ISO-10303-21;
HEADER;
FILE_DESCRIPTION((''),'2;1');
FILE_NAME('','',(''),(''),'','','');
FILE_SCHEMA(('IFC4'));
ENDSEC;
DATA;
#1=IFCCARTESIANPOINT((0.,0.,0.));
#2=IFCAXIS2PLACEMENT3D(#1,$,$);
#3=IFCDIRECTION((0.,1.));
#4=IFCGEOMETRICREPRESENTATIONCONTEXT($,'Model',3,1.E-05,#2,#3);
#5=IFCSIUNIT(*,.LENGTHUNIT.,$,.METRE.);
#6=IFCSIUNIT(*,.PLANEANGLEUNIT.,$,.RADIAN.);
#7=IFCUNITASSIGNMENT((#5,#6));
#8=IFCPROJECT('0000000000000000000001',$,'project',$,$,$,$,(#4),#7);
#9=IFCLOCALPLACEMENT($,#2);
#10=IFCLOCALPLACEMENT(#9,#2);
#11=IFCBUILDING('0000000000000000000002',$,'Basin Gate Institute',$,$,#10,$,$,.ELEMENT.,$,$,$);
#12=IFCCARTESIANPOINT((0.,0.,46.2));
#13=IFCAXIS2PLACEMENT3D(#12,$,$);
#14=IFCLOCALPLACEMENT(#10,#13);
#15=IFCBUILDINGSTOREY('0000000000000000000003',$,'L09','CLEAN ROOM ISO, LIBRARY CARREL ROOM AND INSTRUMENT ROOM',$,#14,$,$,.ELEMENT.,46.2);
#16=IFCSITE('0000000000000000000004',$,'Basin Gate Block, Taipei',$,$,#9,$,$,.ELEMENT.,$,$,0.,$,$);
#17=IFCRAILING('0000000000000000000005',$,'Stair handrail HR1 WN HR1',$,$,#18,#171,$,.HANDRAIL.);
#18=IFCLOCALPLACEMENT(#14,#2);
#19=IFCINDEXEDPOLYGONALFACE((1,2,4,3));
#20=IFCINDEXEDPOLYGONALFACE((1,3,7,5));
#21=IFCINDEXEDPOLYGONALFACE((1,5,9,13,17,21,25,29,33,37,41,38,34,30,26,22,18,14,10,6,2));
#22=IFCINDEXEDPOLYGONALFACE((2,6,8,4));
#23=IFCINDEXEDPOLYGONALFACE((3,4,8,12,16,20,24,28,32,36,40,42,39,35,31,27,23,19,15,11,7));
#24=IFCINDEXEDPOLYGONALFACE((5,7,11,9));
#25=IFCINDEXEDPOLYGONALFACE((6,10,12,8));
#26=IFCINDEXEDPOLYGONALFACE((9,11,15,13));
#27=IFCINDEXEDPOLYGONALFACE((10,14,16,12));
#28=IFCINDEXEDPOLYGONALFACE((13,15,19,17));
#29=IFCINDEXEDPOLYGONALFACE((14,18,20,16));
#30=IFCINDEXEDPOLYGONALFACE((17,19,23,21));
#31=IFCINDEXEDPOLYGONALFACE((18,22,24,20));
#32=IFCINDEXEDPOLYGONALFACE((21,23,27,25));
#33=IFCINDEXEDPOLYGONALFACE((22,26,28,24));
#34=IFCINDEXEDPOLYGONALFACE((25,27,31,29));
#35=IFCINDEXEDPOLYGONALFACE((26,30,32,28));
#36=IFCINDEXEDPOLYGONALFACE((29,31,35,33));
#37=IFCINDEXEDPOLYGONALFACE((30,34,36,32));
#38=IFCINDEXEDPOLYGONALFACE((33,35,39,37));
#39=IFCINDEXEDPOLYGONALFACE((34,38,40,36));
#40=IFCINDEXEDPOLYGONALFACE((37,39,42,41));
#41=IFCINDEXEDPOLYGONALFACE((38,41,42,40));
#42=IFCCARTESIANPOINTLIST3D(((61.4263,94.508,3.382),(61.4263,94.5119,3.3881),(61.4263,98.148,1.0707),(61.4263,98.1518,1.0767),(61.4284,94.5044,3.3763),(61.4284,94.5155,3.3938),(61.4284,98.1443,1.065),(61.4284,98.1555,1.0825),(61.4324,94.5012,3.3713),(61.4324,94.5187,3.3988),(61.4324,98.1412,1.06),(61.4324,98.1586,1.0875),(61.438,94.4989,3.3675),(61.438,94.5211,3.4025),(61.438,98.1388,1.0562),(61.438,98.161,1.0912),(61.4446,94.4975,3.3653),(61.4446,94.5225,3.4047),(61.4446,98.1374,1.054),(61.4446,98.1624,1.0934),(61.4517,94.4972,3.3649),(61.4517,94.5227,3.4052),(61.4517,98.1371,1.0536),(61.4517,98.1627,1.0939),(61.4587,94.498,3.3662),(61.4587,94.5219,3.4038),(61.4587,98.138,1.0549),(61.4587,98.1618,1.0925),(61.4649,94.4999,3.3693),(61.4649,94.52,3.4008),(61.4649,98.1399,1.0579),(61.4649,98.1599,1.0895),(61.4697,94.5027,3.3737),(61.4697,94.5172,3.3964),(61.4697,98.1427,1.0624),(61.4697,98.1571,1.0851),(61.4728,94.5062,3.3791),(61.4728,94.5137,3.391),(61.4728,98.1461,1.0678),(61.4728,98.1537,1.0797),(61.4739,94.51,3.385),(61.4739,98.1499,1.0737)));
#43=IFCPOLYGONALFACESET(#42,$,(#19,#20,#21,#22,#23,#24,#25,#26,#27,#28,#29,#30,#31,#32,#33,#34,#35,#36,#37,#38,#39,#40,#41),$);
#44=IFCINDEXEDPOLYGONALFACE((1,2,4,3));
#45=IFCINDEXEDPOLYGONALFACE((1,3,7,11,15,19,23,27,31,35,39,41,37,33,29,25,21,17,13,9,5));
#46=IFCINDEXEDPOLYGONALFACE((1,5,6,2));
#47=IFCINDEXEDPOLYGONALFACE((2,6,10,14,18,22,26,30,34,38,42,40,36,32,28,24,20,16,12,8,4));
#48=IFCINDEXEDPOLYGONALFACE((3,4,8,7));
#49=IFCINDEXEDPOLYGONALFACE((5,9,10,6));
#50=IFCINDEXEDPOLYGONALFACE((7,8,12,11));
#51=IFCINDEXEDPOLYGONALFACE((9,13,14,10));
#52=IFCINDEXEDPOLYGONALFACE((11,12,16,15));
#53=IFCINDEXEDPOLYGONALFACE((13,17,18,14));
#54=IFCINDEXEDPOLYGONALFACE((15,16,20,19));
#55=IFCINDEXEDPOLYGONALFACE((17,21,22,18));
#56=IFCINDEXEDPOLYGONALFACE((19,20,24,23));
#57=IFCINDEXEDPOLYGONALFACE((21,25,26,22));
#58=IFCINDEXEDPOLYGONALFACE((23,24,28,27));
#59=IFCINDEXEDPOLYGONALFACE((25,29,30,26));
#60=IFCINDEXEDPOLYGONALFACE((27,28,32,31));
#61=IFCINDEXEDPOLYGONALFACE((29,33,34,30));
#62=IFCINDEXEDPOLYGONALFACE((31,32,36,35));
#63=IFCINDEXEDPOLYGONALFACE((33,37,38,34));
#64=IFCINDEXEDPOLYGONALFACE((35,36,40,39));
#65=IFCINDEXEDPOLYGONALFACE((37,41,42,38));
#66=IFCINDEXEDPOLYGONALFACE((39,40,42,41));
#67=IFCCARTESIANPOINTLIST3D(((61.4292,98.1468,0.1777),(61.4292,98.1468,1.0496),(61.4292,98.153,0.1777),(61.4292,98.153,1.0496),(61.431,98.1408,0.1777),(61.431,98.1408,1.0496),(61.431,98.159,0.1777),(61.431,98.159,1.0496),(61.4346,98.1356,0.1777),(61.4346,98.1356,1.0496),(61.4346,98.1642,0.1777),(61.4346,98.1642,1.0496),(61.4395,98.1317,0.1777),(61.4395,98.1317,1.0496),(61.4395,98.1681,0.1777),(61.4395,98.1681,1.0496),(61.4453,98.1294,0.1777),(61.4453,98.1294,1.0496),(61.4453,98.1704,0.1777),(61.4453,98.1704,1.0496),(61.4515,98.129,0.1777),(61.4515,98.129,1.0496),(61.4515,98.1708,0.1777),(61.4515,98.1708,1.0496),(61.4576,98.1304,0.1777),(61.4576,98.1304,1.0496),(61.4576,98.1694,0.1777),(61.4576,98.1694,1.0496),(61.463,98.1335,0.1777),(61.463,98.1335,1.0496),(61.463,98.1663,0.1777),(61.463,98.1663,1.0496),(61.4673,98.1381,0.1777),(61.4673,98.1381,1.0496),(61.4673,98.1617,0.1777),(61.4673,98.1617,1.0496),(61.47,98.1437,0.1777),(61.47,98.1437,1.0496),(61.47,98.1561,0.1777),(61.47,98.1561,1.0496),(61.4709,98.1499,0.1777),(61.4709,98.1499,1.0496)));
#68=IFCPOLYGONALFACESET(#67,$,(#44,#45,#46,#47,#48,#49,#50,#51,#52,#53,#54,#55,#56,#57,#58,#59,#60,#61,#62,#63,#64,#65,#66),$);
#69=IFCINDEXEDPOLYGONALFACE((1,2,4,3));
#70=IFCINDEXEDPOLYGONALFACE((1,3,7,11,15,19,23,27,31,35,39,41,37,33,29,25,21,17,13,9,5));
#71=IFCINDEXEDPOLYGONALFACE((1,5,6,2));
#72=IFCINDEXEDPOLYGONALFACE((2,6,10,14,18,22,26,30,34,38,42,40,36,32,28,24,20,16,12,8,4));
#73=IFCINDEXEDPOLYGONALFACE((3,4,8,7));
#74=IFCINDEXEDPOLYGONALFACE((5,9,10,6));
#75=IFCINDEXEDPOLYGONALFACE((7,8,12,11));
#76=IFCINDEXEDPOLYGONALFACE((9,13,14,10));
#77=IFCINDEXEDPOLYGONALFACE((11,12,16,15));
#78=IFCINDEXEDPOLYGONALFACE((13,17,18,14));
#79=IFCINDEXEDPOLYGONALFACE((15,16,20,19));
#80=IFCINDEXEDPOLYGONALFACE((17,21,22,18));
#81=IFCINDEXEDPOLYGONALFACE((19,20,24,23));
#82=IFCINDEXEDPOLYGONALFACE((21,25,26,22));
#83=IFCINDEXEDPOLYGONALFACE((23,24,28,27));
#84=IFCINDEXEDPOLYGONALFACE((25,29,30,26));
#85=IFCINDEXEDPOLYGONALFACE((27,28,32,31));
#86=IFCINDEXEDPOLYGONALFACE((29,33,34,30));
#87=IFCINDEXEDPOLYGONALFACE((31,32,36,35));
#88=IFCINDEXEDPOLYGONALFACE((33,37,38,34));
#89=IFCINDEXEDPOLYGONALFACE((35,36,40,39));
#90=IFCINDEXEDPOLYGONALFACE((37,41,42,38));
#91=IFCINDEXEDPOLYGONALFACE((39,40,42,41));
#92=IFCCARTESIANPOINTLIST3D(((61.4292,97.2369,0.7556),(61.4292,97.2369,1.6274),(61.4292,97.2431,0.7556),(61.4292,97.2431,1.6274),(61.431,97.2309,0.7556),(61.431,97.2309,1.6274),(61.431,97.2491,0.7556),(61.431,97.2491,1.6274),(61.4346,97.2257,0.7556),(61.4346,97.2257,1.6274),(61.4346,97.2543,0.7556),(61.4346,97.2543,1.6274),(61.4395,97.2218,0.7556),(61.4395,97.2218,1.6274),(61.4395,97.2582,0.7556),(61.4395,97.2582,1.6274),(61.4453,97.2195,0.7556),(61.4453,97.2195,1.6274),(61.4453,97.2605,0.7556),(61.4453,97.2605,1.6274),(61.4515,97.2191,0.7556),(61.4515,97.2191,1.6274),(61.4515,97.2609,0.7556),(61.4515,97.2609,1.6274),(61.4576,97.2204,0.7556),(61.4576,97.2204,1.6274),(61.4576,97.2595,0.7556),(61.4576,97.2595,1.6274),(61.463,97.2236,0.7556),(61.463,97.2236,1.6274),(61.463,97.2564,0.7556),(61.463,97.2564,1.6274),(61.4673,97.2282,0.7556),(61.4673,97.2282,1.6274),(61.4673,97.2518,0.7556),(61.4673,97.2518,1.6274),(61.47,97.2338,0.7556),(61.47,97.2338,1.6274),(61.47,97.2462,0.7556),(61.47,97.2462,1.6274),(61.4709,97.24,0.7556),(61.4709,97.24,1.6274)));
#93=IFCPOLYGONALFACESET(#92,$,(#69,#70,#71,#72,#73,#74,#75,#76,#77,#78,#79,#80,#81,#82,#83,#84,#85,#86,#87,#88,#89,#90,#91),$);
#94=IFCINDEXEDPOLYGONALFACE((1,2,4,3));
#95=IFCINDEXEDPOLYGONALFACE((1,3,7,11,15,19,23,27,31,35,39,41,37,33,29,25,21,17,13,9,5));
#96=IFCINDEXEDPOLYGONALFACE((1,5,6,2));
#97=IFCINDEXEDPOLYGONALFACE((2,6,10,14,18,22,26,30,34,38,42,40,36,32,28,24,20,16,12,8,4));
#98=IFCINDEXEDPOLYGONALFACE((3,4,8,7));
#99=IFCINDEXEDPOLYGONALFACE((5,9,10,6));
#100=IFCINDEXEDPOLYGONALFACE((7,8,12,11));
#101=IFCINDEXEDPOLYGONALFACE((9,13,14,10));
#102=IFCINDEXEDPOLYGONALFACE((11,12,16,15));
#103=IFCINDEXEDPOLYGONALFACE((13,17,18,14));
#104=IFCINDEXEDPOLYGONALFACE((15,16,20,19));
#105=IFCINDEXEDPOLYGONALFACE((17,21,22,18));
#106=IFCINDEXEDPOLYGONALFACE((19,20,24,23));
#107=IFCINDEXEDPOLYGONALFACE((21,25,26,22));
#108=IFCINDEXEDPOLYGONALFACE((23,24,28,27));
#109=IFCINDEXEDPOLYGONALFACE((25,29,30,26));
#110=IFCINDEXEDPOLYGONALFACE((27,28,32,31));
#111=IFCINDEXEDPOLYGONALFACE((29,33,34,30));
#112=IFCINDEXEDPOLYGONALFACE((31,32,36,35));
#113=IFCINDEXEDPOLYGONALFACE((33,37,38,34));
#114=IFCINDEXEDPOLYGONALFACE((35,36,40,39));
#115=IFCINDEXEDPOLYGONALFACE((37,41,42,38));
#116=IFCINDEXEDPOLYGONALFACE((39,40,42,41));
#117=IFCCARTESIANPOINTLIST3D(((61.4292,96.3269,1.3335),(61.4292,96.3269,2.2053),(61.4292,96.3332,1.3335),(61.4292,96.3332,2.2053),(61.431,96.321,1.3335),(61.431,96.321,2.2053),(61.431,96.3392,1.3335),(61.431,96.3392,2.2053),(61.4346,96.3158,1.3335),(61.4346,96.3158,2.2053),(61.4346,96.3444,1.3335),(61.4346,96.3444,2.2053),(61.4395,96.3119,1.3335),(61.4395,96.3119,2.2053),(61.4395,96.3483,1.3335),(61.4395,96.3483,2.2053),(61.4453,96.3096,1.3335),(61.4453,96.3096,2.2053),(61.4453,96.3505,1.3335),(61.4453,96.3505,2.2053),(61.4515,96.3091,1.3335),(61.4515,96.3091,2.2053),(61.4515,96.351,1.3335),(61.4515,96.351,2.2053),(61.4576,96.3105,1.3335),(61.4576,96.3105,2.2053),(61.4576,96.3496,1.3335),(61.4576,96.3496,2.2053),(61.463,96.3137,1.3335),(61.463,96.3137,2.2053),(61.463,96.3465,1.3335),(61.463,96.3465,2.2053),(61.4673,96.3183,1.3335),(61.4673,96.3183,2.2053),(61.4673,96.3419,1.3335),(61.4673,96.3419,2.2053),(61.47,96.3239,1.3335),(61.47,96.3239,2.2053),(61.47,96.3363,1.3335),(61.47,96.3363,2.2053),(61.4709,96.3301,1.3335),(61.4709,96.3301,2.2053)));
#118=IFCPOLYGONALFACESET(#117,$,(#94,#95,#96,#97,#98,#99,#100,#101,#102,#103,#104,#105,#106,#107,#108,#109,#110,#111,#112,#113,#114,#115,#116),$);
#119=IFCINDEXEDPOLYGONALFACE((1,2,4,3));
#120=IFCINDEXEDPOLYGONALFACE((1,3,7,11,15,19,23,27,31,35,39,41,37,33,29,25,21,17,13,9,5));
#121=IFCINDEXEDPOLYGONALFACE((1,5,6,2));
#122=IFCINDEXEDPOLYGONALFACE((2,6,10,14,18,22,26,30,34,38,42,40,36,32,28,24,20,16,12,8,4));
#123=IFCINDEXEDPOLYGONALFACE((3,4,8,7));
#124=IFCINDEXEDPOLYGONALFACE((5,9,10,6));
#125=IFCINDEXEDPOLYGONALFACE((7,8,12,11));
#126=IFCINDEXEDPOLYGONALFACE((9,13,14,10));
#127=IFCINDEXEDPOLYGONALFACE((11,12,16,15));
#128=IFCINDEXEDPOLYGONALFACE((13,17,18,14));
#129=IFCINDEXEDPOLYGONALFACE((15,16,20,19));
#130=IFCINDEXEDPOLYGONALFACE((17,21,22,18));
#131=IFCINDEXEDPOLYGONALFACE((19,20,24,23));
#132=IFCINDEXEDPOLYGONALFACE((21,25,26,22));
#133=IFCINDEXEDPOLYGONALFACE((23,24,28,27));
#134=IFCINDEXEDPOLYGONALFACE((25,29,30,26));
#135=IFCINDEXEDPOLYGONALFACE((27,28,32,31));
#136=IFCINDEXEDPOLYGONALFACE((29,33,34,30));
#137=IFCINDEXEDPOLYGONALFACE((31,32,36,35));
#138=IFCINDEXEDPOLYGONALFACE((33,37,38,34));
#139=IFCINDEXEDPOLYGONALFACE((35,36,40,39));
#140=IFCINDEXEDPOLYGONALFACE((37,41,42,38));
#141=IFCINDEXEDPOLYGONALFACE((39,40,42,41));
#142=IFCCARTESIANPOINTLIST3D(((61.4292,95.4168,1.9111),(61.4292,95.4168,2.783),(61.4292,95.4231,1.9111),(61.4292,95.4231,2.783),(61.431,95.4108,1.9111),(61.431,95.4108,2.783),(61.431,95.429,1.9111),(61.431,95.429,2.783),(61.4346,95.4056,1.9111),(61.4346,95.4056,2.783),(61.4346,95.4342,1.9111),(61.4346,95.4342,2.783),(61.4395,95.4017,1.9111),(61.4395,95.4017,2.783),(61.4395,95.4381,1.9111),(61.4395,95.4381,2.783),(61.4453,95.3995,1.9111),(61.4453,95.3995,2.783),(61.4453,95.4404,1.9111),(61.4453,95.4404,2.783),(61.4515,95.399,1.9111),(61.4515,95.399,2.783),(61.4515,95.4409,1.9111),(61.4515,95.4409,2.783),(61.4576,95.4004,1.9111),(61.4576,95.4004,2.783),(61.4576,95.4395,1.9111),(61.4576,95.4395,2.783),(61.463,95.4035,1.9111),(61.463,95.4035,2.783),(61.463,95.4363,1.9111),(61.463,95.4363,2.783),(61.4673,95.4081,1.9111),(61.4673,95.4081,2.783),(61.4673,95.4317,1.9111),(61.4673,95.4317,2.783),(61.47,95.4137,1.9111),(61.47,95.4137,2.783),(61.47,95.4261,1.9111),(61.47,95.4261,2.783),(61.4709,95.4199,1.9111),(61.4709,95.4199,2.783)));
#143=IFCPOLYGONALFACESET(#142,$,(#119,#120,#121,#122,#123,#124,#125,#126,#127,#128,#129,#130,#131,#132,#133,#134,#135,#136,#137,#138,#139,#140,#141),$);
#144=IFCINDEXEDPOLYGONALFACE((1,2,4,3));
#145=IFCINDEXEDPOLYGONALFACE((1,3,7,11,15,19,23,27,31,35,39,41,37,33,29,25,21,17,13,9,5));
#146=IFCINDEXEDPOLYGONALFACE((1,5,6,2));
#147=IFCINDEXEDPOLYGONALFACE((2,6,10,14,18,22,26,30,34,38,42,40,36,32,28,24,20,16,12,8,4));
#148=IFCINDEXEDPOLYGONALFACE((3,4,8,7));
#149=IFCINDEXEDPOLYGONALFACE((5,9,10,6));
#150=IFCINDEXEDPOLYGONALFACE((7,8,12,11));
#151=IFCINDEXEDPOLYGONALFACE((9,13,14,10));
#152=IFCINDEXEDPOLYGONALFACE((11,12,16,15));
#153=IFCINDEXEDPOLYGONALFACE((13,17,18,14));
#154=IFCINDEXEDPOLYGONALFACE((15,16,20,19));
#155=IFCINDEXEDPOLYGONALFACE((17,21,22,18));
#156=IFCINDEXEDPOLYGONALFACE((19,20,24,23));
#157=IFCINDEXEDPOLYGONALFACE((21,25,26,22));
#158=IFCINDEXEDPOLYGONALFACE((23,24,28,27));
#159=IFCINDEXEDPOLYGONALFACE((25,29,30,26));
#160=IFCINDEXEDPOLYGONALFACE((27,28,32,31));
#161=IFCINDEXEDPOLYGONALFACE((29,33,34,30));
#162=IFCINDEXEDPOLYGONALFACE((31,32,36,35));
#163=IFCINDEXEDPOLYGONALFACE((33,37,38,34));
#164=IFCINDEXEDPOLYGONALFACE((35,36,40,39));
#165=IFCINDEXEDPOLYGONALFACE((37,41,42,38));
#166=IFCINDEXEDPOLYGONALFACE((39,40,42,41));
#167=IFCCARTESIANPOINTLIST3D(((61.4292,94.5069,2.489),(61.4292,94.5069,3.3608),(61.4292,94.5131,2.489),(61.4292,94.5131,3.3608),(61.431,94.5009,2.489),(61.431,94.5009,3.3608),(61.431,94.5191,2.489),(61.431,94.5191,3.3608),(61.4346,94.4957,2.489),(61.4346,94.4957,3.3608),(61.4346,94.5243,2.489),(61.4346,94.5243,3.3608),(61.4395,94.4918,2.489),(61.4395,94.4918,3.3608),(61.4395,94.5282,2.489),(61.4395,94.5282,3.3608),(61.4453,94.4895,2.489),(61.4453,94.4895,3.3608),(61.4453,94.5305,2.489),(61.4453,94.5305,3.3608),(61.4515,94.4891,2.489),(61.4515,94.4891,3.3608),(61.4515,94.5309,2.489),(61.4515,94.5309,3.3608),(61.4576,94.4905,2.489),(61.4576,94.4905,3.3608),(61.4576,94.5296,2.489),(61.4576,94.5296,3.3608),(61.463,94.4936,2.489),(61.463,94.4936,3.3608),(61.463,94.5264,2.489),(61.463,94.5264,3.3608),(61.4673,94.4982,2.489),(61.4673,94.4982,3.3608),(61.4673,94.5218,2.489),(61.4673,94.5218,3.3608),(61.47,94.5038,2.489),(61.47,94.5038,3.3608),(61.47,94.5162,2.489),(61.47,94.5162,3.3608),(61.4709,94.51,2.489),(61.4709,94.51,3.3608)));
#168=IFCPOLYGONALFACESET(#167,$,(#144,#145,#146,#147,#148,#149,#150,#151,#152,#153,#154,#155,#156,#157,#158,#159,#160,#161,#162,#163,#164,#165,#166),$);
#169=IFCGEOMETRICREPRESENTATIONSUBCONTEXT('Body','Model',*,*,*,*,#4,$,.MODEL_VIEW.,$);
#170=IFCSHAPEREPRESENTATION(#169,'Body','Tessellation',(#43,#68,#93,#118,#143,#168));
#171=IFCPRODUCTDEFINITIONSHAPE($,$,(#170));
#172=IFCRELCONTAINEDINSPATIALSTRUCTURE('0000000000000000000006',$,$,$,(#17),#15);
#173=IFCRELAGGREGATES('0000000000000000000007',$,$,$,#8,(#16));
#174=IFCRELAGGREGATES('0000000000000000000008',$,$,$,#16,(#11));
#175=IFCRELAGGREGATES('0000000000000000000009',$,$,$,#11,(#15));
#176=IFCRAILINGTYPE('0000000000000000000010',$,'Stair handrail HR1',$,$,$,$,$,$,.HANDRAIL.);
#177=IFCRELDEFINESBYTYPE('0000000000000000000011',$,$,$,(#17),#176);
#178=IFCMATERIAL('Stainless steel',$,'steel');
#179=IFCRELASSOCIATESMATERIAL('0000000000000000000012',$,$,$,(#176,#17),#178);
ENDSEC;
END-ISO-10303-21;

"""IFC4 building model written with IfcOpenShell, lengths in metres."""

from ifc_helpers import new_model, si_unit, direction, frame, origin, origin_2d, place, context, subcontext, project, spatial, circle, extrude, material, type_object, element, save


model = new_model("IFC4")

# Units and contexts
model_context = context("Model", 3, precision=1e-05, world=origin(), true_north=direction((0.0, 1.0)))
body_context = subcontext(model_context, "Body", "Model", "MODEL_VIEW")
ifc_project = project(units=[si_unit("LENGTHUNIT", "METRE"), si_unit("PLANEANGLEUNIT", "RADIAN")], contexts=[model_context])

# Site, building, storey
site_placement = place(None, origin())
site = spatial("IfcSite", under=ifc_project, at=site_placement, Name="Basin Gate Block, Taipei", CompositionType="ELEMENT", RefElevation=0.0)
building_placement = place(site_placement, origin())
building = spatial("IfcBuilding", under=site, at=building_placement, Name="Basin Gate Institute", CompositionType="ELEMENT")
storey_placement = place(building_placement, frame((0.0, 0.0, 46.2)))
storey = spatial("IfcBuildingStorey", under=building, at=storey_placement, Name="L09", Description="CLEAN ROOM ISO, LIBRARY CARREL ROOM AND INSTRUMENT ROOM", CompositionType="ELEMENT", Elevation=46.2)

# Railing
ifc_material_1 = material(Name="Stainless steel", Category="steel")
railing_type_1 = type_object("IfcRailingType", Name="Stair handrail HR1", PredefinedType="HANDRAIL", material=ifc_material_1)
for number, where, name in (
    (1, (61.45, 98.1499, 0.1777), "Stair handrail HR1 WN HR1"),
):
    element("IfcRailing", number, at=place(storey_placement, frame(where)), inside=storey, type_object=railing_type_1, material=ifc_material_1, Name=name, PredefinedType="HANDRAIL", context=body_context, shape_type="SweptSolid", body=[
        extrude(circle(Radius=0.0239, at=origin_2d()), frame((0.0, 0.0, 0.896), z_axis=(0.0, -0.844188, 0.536047), x_axis=(1.0, 0.0, 0.0)), (0.0, 0.0, 1.0), 4.3118),
        extrude(circle(Radius=0.021, at=origin_2d()), origin(), (0.0, 0.0, 1.0), 0.8718),
        extrude(circle(Radius=0.021, at=origin_2d()), frame((0.0, -0.9099, 0.5779)), (0.0, 0.0, 1.0), 0.8718),
        extrude(circle(Radius=0.021, at=origin_2d()), frame((0.0, -1.8198, 1.1558)), (0.0, 0.0, 1.0), 0.8718),
        extrude(circle(Radius=0.021, at=origin_2d()), frame((0.0, -2.73, 1.7334)), (0.0, 0.0, 1.0), 0.8718),
        extrude(circle(Radius=0.021, at=origin_2d()), frame((0.0, -3.6399, 2.3113)), (0.0, 0.0, 1.0), 0.8718),
    ])

save(model, "model.ifc")
